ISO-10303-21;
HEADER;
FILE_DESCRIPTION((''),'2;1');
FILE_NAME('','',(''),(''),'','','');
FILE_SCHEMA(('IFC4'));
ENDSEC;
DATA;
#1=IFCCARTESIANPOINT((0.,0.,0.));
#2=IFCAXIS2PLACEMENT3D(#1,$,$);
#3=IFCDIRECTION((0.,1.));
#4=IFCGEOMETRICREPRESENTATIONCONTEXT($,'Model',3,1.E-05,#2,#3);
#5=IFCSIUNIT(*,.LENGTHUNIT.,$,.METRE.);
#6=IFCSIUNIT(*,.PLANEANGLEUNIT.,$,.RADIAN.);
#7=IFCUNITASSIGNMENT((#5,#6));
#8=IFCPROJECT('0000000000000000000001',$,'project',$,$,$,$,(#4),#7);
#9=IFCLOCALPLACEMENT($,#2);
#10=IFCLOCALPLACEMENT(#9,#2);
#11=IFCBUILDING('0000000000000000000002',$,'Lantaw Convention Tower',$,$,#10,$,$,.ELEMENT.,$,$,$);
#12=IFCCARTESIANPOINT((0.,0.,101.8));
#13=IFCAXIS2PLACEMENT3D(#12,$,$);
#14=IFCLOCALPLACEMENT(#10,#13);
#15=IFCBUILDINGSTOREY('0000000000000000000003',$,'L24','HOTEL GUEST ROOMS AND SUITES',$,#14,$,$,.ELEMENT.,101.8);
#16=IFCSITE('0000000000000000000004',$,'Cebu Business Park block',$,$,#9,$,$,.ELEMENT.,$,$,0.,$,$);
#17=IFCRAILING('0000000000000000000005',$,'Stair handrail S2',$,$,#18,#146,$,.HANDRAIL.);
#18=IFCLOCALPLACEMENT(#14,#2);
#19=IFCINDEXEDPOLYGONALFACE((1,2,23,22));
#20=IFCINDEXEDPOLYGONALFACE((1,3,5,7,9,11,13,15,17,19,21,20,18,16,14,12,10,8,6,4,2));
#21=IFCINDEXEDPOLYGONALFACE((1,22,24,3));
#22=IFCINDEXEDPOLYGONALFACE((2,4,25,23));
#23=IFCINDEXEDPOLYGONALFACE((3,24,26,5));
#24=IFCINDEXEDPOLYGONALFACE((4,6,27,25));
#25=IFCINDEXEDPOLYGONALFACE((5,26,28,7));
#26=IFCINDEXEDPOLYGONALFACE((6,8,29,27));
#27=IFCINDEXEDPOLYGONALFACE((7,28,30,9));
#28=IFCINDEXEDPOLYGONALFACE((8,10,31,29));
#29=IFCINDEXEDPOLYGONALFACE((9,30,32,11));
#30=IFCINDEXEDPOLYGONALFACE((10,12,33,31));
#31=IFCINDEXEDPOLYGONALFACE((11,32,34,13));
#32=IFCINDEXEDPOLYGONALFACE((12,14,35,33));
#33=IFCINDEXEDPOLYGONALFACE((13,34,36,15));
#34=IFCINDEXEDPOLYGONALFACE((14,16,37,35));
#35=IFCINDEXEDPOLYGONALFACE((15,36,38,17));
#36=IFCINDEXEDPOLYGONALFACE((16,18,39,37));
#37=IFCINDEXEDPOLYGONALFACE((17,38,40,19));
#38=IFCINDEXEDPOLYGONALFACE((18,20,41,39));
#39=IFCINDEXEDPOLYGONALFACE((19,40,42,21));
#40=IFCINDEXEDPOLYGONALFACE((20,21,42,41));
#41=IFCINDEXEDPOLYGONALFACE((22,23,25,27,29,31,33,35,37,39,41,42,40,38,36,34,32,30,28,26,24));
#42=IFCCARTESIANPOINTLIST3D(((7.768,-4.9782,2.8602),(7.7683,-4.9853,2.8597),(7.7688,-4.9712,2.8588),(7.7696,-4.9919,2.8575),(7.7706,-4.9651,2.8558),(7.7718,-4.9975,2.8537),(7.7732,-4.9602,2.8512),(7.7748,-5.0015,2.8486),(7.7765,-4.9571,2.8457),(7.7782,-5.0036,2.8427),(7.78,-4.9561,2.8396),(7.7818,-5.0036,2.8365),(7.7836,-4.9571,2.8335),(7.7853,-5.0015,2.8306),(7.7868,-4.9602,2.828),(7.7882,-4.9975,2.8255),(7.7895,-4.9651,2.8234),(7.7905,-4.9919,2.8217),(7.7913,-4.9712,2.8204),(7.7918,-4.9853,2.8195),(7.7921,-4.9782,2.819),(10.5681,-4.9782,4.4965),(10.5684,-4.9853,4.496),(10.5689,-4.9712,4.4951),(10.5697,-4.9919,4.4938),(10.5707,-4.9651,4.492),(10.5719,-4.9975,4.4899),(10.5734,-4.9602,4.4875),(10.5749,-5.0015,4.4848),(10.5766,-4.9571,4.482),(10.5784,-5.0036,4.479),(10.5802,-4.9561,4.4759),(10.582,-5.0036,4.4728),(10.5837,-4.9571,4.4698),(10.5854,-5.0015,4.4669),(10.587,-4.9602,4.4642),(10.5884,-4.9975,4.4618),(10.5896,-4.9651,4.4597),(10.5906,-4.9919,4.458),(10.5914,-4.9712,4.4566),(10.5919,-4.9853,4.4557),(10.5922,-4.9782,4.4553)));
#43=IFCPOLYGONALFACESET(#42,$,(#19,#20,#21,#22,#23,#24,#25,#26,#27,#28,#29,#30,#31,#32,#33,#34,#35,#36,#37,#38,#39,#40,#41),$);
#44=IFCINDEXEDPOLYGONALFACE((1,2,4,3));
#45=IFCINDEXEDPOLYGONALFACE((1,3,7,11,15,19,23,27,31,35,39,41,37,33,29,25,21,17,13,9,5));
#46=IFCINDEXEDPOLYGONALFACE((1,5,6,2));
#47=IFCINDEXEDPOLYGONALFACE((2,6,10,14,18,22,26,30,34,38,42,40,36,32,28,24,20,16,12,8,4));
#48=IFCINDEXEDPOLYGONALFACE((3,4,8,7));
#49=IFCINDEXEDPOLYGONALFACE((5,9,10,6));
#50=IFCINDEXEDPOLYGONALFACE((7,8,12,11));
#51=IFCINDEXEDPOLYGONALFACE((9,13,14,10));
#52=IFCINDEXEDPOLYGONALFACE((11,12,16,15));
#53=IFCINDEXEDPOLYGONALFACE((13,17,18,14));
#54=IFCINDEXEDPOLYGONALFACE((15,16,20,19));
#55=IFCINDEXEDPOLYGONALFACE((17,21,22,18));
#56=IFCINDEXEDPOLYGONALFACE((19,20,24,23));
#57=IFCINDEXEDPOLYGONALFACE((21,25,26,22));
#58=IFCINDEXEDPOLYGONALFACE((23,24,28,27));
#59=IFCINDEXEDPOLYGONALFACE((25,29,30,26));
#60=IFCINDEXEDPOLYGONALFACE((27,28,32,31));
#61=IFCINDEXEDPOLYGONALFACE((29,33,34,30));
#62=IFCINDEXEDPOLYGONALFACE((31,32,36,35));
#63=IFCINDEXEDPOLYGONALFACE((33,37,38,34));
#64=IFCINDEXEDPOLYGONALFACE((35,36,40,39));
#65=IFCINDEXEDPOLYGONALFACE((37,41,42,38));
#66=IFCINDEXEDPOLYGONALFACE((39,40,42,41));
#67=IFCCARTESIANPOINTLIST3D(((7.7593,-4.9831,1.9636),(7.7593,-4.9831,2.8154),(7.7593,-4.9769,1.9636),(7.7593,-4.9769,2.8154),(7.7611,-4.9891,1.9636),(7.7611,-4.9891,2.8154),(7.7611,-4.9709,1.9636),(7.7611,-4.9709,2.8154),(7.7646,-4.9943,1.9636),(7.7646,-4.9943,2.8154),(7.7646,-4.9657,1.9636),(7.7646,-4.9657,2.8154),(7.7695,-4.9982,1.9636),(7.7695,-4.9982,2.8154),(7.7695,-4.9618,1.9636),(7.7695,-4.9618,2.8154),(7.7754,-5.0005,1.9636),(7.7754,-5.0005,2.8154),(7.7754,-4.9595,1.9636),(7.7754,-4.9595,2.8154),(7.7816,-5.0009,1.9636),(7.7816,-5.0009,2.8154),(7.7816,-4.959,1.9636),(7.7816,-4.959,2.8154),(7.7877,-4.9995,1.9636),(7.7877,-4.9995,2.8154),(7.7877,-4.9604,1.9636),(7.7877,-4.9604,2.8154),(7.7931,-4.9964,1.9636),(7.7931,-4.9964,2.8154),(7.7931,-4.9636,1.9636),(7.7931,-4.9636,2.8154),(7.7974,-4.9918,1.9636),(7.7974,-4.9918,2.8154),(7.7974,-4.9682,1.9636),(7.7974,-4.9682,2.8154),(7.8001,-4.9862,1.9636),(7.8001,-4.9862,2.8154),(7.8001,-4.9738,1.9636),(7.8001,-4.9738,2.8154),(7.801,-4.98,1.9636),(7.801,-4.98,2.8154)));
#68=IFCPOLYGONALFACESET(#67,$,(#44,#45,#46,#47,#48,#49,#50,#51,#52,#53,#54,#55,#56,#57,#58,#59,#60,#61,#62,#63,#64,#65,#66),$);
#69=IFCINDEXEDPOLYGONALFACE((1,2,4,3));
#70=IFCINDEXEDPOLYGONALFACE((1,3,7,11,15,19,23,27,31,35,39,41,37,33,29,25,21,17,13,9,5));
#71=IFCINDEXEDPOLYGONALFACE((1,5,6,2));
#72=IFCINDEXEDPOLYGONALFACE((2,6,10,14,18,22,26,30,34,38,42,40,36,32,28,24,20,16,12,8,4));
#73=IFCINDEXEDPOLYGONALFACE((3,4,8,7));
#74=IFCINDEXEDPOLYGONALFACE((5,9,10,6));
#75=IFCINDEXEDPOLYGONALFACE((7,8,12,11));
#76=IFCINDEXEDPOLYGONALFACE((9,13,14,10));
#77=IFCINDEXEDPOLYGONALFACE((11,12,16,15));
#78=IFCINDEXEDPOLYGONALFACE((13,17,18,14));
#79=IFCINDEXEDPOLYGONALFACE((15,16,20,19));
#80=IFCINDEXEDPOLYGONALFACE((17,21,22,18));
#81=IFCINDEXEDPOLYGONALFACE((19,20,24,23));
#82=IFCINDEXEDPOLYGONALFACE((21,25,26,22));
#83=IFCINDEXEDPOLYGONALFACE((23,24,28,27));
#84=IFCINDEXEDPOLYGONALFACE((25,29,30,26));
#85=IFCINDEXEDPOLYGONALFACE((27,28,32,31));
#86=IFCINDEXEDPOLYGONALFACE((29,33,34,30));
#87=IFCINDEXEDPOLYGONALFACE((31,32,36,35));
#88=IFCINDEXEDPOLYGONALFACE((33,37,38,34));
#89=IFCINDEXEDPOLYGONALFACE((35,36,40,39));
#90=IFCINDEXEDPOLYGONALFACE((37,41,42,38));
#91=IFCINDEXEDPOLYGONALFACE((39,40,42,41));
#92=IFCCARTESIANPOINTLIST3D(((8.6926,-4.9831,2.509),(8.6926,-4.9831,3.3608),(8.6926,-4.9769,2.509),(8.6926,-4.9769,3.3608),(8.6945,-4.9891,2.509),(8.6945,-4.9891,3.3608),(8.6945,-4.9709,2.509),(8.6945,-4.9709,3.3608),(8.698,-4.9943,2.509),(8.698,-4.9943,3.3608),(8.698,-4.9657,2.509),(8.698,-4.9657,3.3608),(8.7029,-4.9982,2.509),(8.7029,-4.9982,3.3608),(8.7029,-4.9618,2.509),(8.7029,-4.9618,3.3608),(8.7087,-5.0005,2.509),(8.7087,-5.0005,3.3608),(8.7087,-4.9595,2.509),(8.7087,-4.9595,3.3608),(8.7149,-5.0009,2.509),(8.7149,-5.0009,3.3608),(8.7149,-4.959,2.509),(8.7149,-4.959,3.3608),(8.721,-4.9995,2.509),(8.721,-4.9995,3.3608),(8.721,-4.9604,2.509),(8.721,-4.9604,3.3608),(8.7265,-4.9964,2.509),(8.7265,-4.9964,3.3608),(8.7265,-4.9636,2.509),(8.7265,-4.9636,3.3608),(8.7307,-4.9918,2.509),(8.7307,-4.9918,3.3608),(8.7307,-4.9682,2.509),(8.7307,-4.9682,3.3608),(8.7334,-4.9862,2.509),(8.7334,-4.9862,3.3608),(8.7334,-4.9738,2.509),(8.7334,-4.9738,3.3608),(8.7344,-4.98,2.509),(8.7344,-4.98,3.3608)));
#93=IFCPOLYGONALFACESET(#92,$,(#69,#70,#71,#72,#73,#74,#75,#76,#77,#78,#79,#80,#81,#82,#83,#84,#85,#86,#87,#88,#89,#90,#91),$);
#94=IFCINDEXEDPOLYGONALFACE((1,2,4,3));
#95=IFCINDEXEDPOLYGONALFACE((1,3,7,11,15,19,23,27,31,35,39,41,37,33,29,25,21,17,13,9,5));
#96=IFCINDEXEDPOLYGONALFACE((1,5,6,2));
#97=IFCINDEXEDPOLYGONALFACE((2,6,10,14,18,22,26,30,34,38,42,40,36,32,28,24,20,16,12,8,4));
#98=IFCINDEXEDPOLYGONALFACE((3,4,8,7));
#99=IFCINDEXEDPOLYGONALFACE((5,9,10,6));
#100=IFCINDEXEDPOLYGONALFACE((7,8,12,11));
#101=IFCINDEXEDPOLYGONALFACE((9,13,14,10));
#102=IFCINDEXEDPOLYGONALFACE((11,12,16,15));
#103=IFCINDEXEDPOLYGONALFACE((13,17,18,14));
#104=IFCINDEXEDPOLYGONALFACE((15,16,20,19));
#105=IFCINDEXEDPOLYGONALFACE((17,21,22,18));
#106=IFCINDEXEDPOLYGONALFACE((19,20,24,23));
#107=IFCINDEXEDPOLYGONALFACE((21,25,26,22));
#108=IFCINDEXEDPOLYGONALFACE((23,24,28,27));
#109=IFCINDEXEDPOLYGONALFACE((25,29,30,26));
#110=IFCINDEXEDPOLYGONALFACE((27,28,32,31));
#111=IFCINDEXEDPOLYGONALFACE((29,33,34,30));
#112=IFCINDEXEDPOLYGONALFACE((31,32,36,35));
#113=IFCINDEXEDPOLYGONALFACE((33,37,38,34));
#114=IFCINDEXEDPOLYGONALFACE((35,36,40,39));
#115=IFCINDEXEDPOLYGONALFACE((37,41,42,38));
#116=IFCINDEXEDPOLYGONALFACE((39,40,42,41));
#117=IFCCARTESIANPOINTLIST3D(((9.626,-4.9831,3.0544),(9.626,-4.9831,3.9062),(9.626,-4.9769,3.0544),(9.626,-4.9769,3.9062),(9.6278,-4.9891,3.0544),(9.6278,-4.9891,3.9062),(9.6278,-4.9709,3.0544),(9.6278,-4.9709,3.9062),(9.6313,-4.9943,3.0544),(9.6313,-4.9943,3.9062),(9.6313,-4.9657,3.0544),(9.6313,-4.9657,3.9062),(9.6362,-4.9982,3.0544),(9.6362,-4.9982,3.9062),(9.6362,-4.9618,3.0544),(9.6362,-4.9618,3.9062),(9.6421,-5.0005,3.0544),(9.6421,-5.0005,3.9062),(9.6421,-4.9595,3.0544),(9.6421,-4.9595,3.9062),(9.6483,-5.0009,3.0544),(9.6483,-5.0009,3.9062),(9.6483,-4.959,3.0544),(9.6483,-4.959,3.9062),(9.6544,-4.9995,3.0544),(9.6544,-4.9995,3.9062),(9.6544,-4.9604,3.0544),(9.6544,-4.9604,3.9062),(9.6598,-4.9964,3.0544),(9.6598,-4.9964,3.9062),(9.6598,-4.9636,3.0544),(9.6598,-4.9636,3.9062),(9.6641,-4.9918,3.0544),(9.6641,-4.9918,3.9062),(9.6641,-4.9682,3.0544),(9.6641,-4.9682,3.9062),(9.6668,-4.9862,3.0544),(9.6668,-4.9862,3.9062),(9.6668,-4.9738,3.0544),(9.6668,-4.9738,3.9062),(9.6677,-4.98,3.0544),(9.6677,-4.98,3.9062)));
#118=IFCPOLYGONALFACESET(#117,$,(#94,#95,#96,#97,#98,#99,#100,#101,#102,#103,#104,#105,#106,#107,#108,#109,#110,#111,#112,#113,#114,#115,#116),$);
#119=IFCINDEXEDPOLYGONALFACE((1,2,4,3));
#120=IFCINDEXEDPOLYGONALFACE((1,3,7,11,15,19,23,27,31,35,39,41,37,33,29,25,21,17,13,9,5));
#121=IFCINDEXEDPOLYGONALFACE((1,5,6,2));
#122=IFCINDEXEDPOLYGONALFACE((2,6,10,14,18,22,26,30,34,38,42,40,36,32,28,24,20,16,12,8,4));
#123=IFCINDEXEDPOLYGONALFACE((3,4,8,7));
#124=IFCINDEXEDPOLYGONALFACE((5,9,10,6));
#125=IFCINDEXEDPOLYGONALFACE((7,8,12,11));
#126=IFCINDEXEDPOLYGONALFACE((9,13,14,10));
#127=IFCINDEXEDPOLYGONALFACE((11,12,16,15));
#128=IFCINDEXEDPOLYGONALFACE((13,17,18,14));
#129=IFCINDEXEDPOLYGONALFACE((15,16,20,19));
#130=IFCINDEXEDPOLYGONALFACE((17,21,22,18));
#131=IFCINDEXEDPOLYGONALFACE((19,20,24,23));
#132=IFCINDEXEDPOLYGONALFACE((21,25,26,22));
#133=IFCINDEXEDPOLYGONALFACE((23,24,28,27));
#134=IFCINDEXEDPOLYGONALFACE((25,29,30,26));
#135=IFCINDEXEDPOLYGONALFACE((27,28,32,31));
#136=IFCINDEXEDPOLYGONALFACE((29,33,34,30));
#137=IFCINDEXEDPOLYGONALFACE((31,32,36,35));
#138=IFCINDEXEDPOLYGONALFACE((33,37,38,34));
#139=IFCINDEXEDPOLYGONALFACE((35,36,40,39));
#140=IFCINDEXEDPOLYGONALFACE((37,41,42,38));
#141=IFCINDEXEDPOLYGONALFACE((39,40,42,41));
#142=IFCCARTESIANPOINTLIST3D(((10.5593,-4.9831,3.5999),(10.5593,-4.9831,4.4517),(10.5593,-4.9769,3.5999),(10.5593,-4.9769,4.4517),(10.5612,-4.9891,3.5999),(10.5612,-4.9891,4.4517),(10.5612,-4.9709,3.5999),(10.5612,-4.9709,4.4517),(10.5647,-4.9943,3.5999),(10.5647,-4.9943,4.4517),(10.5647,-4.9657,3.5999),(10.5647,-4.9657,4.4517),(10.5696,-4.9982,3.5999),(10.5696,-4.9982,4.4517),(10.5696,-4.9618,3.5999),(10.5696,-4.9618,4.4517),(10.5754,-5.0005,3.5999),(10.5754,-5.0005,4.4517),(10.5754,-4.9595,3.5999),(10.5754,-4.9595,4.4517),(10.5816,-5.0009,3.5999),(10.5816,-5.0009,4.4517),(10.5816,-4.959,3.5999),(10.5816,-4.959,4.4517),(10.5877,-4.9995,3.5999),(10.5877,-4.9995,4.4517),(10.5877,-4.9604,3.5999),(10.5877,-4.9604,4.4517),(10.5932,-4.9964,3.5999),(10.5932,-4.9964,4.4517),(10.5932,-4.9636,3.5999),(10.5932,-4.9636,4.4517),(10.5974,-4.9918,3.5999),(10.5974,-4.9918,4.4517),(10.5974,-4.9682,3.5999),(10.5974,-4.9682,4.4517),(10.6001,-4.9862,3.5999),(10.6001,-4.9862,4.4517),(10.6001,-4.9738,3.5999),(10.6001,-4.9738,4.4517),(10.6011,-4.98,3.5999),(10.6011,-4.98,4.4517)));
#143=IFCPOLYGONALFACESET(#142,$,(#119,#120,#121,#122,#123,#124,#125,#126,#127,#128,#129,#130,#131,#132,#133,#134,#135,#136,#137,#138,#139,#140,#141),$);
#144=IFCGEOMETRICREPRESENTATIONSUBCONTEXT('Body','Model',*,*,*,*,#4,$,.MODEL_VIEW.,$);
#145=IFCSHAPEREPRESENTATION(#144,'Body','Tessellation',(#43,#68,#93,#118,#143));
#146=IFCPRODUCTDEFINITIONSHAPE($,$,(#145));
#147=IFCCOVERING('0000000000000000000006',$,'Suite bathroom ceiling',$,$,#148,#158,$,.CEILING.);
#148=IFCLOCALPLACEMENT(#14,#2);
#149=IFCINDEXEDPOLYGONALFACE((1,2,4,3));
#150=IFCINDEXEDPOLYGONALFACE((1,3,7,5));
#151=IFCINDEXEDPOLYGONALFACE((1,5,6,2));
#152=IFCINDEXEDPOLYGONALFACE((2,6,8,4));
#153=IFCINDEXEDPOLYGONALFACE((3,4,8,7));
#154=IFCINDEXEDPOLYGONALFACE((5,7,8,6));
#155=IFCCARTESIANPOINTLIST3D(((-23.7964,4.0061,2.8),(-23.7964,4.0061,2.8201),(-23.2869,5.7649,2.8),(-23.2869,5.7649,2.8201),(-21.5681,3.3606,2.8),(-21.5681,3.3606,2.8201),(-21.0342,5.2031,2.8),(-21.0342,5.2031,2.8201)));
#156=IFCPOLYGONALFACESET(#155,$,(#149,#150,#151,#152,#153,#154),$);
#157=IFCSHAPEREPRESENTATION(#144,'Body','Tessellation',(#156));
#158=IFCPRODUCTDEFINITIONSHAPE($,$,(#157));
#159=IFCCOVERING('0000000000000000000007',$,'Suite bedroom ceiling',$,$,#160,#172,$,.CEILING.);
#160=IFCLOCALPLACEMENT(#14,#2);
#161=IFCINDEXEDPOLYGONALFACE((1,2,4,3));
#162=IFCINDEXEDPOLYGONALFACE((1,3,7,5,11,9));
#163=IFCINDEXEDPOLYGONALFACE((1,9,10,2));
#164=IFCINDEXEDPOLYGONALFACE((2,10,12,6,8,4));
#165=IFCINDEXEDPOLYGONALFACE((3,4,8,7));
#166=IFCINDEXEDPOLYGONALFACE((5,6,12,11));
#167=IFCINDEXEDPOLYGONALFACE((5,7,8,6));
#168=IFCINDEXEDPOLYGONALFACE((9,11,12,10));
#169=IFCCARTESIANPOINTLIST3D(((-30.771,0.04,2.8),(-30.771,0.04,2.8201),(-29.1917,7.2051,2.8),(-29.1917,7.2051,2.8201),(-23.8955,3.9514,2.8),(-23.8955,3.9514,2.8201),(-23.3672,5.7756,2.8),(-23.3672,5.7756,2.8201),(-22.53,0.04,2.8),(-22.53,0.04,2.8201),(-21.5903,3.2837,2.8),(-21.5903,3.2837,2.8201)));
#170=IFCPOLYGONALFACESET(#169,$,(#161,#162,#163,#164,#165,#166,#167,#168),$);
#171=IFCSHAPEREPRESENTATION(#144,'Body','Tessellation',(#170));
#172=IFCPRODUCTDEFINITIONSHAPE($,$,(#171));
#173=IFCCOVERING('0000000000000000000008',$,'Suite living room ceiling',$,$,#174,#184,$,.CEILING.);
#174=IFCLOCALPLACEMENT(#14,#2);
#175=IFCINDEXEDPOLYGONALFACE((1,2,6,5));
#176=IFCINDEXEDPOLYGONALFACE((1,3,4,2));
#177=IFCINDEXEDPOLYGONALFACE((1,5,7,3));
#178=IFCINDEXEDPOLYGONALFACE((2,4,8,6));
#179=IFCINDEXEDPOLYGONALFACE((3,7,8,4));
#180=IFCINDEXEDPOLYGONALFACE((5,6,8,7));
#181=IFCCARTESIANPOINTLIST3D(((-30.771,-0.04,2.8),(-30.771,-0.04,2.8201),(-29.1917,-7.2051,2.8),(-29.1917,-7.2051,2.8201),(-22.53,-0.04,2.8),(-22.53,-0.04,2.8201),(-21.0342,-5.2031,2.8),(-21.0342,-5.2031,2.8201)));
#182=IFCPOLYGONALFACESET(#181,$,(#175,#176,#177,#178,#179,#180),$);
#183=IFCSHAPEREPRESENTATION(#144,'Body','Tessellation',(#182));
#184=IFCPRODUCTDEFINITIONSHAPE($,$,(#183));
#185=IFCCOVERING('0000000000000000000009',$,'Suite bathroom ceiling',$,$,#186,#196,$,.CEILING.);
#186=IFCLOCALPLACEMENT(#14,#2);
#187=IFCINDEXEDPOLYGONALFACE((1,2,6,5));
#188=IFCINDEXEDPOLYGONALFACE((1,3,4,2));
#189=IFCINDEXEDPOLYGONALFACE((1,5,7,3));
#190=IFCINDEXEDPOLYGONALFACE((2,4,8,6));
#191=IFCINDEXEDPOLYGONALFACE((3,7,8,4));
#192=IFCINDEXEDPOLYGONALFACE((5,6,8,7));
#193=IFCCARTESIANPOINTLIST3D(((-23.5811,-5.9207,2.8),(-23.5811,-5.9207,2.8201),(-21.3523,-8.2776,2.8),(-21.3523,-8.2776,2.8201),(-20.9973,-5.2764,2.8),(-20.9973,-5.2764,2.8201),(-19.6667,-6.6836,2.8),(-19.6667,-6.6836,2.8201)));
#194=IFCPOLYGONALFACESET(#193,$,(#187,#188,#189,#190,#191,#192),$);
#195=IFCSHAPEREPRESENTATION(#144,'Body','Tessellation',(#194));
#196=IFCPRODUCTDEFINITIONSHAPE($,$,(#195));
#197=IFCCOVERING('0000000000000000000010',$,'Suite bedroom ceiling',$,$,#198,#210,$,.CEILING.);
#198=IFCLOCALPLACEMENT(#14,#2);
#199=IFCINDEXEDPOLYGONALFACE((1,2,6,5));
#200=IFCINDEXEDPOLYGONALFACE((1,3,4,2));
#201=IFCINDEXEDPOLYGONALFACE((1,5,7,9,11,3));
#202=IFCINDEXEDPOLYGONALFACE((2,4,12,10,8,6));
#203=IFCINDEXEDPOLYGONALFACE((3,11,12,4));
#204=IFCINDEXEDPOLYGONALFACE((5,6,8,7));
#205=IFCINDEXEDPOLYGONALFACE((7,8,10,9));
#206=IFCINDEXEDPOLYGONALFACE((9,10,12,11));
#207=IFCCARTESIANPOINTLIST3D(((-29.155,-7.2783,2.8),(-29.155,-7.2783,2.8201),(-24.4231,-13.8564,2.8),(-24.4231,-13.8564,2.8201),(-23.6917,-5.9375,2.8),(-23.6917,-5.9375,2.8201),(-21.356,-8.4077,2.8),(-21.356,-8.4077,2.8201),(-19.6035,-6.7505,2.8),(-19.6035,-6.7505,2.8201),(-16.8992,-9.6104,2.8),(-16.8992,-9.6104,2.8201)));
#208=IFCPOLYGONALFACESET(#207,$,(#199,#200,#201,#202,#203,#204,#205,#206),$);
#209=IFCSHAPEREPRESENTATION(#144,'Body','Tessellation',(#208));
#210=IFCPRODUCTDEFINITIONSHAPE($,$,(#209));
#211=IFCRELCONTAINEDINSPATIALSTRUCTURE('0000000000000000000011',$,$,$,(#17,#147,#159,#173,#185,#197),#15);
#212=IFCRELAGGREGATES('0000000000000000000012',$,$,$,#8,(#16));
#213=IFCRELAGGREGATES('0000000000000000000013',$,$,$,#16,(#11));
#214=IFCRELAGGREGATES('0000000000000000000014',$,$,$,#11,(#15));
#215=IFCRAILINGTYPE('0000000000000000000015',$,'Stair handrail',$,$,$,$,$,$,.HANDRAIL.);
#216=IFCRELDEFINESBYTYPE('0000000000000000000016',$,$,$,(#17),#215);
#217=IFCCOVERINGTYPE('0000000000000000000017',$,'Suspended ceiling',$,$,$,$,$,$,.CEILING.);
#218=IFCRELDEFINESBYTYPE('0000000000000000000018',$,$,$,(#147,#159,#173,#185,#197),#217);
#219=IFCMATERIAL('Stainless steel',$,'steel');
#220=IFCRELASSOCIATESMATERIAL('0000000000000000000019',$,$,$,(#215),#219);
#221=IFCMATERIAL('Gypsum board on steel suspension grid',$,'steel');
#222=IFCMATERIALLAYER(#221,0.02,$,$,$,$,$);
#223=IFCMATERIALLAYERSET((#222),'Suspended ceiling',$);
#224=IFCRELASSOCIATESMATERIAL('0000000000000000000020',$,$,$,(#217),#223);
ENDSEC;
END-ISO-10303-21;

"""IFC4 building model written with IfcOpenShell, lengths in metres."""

from ifc_helpers import new_model, si_unit, direction, frame, origin, origin_2d, place, context, subcontext, project, spatial, polyline, circle, outline, extrude, material, layer, layer_set, type_object, element, save


model = new_model("IFC4")

# Units and contexts
model_context = context("Model", 3, precision=1e-05, world=origin(), true_north=direction((0.0, 1.0)))
body_context = subcontext(model_context, "Body", "Model", "MODEL_VIEW")
ifc_project = project(units=[si_unit("LENGTHUNIT", "METRE"), si_unit("PLANEANGLEUNIT", "RADIAN")], contexts=[model_context])

# Site, building, storey
site_placement = place(None, origin())
site = spatial("IfcSite", under=ifc_project, at=site_placement, Name="Cebu Business Park block", CompositionType="ELEMENT", RefElevation=0.0)
building_placement = place(site_placement, origin())
building = spatial("IfcBuilding", under=site, at=building_placement, Name="Lantaw Convention Tower", CompositionType="ELEMENT")
storey_placement = place(building_placement, frame((0.0, 0.0, 101.8)))
storey = spatial("IfcBuildingStorey", under=building, at=storey_placement, Name="L24", Description="HOTEL GUEST ROOMS AND SUITES", CompositionType="ELEMENT", Elevation=101.8)

# Railing
ifc_material_1 = material(Name="Stainless steel", Category="steel")
railing_type = type_object("IfcRailingType", Name="Stair handrail", PredefinedType="HANDRAIL", material=ifc_material_1)
railing_1_placement = place(storey_placement, frame((7.78, -4.98, 1.9636)))
element("IfcRailing", 1, at=railing_1_placement, inside=storey, type_object=railing_type, Name="Stair handrail S2", PredefinedType="HANDRAIL", context=body_context, shape_type="SweptSolid", body=[
    extrude(circle(Radius=0.0239, at=origin_2d()), frame((0.0, 0.0, 0.876), z_axis=(0.863394, 0.0, 0.504531), x_axis=(0.0, 1.0, 0.0)), (0.0, 0.0, 1.0), 3.2432),
    extrude(circle(Radius=0.021, at=origin_2d()), origin(), (0.0, 0.0, 1.0), 0.8518),
    extrude(circle(Radius=0.021, at=origin_2d()), frame((0.9333, 0.0, 0.5454)), (0.0, 0.0, 1.0), 0.8518),
    extrude(circle(Radius=0.021, at=origin_2d()), frame((1.8667, 0.0, 1.0908)), (0.0, 0.0, 1.0), 0.8518),
    extrude(circle(Radius=0.021, at=origin_2d()), frame((2.8, 0.0, 1.6362)), (0.0, 0.0, 1.0), 0.8518),
])

# Coverings
ifc_material_2 = material(Name="Gypsum board on steel suspension grid", Category="steel")
ifc_layer_1 = layer(ifc_material_2, 0.02)
ifc_layer_set_1 = layer_set([ifc_layer_1], Name="Suspended ceiling")
covering_type = type_object("IfcCoveringType", Name="Suspended ceiling", PredefinedType="CEILING", material=ifc_layer_set_1)
covering_1_placement = place(storey_placement, frame((0.0, 0.0, 2.8)))
element("IfcCovering", 2, at=covering_1_placement, inside=storey, type_object=covering_type, Name="Suite bathroom ceiling", PredefinedType="CEILING", context=body_context, shape_type="SweptSolid", body=[
    extrude(outline(polyline([(-21.0342, 5.2031), (-23.2869, 5.7649), (-23.7964, 4.0061), (-21.5681, 3.3606), (-21.0342, 5.2031)])), origin(), (0.0, 0.0, 1.0), 0.02),
])
covering_2_placement = place(storey_placement, frame((0.0, 0.0, 2.8)))
element("IfcCovering", 3, at=covering_2_placement, inside=storey, type_object=covering_type, Name="Suite bedroom ceiling", PredefinedType="CEILING", context=body_context, shape_type="SweptSolid", body=[
    extrude(outline(polyline([(-22.53, 0.04), (-21.5903, 3.2837), (-23.8955, 3.9514), (-23.3672, 5.7756), (-29.1917, 7.2051), (-30.771, 0.04), (-22.53, 0.04)])), origin(), (0.0, 0.0, 1.0), 0.02),
])
covering_3_placement = place(storey_placement, frame((0.0, 0.0, 2.8)))
element("IfcCovering", 4, at=covering_3_placement, inside=storey, type_object=covering_type, Name="Suite living room ceiling", PredefinedType="CEILING", context=body_context, shape_type="SweptSolid", body=[
    extrude(outline(polyline([(-22.53, -0.04), (-30.771, -0.04), (-29.1917, -7.2051), (-21.0342, -5.2031), (-22.53, -0.04)])), origin(), (0.0, 0.0, 1.0), 0.02),
])
covering_4_placement = place(storey_placement, frame((0.0, 0.0, 2.8)))
element("IfcCovering", 5, at=covering_4_placement, inside=storey, type_object=covering_type, Name="Suite bathroom ceiling", PredefinedType="CEILING", context=body_context, shape_type="SweptSolid", body=[
    extrude(outline(polyline([(-20.9973, -5.2764), (-23.5811, -5.9207), (-21.3523, -8.2776), (-19.6667, -6.6836), (-20.9973, -5.2764)])), origin(), (0.0, 0.0, 1.0), 0.02),
])
covering_5_placement = place(storey_placement, frame((0.0, 0.0, 2.8)))
element("IfcCovering", 6, at=covering_5_placement, inside=storey, type_object=covering_type, Name="Suite bedroom ceiling", PredefinedType="CEILING", context=body_context, shape_type="SweptSolid", body=[
    extrude(outline(polyline([(-16.8992, -9.6104), (-19.6035, -6.7505), (-21.356, -8.4077), (-23.6917, -5.9375), (-29.155, -7.2783), (-24.4231, -13.8564), (-16.8992, -9.6104)])), origin(), (0.0, 0.0, 1.0), 0.02),
])

save(model, "model.ifc")
